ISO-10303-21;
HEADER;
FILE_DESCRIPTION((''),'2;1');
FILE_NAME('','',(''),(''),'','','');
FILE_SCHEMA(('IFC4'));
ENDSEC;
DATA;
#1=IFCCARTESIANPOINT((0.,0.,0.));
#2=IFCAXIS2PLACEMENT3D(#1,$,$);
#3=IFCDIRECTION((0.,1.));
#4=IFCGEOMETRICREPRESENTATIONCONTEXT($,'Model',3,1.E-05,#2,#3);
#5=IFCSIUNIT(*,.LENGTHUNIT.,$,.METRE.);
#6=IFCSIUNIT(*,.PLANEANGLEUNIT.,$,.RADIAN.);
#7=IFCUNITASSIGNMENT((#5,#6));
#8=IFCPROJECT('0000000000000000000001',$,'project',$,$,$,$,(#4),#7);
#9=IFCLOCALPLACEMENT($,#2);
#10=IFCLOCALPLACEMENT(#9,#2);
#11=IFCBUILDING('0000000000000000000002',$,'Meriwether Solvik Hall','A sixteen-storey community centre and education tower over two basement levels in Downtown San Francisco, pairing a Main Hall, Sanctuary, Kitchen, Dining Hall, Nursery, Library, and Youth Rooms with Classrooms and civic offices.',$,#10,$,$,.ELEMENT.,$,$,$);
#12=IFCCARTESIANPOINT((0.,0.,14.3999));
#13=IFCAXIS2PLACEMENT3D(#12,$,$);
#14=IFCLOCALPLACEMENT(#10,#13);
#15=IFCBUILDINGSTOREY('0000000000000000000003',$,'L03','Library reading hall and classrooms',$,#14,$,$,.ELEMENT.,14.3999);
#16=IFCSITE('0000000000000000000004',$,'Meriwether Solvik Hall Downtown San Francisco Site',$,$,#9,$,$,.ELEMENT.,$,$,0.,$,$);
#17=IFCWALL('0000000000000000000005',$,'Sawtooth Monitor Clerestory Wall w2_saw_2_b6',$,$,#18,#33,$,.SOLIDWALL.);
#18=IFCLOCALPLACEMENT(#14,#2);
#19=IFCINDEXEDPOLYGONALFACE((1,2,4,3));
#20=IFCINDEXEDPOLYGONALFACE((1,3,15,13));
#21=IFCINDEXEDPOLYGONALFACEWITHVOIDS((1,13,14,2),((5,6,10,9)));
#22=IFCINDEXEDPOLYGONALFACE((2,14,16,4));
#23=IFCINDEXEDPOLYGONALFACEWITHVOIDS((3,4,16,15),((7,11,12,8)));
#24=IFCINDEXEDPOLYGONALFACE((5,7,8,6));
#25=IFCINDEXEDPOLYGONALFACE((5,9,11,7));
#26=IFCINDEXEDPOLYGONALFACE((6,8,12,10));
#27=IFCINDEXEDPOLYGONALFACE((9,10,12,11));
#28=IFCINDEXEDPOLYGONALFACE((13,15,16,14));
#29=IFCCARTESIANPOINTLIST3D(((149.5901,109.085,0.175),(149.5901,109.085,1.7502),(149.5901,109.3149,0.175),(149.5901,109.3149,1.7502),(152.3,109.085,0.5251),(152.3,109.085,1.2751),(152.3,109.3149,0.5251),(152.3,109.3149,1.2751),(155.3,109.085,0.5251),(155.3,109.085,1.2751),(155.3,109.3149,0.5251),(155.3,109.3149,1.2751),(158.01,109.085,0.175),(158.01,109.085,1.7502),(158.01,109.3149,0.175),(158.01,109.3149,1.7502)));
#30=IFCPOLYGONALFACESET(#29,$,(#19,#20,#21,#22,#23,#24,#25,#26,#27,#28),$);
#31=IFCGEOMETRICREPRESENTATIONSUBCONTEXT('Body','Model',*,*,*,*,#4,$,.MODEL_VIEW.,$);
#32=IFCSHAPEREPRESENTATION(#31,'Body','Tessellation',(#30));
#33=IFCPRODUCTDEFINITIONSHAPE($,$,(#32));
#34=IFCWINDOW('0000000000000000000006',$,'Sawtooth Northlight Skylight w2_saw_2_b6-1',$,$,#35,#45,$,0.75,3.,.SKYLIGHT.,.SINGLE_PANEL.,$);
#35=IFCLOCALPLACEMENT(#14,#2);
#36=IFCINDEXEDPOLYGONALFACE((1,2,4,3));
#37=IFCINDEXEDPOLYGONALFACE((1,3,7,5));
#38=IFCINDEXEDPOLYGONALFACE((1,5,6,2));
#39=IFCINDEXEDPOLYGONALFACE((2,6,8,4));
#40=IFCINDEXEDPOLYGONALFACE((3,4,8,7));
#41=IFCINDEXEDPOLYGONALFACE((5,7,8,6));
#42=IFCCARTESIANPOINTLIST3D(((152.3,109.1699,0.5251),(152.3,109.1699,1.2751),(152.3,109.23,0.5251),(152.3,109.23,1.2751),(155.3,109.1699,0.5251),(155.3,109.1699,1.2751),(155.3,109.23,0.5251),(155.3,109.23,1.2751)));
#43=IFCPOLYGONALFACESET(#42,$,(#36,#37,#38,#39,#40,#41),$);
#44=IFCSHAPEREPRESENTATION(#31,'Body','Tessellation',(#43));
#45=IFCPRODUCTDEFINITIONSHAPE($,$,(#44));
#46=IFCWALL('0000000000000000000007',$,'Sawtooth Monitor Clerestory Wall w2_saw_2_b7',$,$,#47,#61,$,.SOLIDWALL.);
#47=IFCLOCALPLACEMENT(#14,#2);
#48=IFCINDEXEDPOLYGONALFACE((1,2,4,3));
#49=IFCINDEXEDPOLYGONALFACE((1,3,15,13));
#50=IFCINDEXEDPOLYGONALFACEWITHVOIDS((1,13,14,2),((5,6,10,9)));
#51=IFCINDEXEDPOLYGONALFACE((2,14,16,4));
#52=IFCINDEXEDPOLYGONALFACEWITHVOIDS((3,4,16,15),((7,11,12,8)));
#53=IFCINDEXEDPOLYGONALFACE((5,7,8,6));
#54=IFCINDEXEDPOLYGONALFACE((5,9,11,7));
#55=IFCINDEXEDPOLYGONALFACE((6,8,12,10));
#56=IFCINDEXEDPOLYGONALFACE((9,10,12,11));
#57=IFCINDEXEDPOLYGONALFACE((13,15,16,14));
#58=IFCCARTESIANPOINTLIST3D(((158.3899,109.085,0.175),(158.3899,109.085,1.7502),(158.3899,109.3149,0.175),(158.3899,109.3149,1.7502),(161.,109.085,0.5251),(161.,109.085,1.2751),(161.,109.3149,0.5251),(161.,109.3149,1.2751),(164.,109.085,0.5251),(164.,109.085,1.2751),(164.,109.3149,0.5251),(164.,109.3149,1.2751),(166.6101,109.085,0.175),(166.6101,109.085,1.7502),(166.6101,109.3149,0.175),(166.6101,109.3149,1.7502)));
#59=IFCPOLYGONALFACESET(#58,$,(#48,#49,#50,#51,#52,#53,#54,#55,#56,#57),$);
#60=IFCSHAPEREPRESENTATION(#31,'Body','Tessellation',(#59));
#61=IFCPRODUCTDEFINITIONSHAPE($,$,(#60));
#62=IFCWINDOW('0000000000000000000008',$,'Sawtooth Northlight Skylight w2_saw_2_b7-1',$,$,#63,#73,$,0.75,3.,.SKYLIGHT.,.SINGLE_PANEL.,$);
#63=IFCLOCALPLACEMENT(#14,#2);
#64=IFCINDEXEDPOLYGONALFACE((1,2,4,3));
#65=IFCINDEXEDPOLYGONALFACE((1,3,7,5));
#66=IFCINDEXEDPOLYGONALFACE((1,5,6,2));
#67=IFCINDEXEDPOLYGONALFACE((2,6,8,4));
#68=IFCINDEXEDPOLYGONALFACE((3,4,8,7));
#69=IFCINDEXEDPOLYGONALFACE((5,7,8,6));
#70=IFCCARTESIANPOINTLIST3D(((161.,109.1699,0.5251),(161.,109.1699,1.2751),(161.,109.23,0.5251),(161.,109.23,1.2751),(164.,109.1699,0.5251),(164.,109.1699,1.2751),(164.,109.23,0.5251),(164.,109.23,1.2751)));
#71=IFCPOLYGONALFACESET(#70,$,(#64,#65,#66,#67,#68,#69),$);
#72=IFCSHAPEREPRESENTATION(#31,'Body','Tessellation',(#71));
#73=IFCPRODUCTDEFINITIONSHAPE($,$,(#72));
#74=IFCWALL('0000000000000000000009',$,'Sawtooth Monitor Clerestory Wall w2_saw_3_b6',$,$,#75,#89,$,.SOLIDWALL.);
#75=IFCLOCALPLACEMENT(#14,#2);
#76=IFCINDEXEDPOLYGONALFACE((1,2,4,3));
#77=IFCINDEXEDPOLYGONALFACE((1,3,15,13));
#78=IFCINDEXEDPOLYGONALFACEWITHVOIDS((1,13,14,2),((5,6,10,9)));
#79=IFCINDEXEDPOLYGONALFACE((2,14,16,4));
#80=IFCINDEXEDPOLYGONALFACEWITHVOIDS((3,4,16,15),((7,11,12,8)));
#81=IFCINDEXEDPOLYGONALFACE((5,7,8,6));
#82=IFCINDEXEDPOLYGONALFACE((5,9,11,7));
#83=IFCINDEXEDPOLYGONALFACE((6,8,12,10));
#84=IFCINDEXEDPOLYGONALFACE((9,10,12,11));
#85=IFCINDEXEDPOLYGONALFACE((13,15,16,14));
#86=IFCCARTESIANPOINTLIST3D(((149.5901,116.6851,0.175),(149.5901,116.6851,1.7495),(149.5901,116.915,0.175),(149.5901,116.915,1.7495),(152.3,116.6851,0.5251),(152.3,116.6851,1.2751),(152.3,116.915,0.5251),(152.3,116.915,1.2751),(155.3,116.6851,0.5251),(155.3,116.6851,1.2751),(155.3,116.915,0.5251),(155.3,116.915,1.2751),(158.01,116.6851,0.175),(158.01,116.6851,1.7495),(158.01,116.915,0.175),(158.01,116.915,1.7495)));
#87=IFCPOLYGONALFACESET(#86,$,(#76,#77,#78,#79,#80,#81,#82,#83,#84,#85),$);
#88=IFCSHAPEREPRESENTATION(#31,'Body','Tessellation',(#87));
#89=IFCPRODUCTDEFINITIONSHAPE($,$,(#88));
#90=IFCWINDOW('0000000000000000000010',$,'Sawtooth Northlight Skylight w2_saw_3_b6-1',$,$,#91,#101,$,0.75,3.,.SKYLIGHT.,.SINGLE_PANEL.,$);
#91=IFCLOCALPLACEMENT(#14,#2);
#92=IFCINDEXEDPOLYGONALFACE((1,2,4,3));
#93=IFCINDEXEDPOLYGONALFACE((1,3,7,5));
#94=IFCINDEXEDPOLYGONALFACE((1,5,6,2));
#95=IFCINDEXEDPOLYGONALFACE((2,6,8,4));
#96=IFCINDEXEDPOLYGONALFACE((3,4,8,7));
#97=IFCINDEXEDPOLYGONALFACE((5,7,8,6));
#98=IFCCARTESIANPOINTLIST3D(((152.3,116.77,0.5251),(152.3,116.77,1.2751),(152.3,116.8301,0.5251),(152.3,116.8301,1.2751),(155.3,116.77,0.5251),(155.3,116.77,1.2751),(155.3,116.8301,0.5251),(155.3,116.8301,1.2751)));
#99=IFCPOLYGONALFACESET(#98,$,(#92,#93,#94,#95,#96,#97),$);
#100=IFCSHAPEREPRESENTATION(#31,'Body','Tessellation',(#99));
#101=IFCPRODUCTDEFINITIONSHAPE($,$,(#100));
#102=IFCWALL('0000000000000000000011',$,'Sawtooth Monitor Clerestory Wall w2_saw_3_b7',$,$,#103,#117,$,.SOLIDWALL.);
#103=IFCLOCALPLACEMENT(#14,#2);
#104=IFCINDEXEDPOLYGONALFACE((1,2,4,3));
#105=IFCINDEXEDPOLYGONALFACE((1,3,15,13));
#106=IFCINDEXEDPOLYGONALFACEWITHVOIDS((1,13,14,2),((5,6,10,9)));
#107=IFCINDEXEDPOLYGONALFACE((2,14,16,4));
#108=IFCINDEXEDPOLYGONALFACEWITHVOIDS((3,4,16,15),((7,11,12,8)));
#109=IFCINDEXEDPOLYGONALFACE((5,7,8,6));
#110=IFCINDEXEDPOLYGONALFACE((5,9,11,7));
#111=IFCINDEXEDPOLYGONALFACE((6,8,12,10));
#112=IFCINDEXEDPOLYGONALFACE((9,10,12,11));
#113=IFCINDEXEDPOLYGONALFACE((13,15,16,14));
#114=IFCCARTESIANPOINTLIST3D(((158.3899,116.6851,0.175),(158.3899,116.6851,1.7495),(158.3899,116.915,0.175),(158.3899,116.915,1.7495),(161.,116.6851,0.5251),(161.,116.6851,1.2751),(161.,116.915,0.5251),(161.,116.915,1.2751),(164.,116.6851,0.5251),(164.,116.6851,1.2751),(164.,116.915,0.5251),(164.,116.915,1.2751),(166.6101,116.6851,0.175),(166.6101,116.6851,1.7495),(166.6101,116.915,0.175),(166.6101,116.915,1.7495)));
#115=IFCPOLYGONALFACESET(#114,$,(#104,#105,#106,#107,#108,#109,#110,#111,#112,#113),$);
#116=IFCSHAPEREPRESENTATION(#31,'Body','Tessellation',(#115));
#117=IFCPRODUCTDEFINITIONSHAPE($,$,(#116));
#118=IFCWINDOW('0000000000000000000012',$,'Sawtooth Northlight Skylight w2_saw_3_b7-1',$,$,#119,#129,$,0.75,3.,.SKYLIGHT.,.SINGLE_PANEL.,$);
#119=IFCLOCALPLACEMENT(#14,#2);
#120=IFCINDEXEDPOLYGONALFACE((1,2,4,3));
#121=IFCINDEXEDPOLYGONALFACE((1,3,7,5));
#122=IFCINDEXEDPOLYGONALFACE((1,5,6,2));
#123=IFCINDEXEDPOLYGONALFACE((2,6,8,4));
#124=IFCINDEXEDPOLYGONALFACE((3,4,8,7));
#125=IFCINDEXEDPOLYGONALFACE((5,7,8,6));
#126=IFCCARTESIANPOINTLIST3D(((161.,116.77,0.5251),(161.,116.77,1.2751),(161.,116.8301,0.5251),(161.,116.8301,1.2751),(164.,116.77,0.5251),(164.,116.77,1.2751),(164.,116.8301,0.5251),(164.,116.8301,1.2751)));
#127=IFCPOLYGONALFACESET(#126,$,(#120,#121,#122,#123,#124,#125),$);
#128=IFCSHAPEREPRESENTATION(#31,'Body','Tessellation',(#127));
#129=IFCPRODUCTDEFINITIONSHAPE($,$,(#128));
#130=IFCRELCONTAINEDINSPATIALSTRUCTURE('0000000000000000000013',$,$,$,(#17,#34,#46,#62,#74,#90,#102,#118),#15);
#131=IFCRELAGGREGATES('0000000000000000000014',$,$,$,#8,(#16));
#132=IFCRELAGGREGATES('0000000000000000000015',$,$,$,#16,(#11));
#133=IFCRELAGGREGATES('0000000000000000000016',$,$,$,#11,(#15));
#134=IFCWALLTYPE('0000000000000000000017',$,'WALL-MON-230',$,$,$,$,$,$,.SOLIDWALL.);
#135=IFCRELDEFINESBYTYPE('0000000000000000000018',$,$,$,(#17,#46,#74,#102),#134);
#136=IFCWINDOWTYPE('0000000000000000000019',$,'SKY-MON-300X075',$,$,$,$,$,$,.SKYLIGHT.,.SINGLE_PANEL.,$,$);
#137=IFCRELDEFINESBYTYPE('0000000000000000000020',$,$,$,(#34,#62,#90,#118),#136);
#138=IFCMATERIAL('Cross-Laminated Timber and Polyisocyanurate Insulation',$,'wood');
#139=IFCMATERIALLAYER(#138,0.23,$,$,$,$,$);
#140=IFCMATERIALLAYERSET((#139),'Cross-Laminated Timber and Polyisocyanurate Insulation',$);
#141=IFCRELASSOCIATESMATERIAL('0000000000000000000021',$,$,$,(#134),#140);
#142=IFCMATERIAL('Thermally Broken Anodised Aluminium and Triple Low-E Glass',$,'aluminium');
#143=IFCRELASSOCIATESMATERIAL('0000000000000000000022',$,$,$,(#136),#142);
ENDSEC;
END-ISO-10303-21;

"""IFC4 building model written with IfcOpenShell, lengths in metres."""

from ifc_helpers import new_model, si_unit, direction, frame, frame_2d, origin, place, context, subcontext, project, spatial, rectangle, extrude, material, layer, layer_set, type_object, element, fill, save


model = new_model("IFC4")

# Units and contexts
model_context = context("Model", 3, precision=1e-05, world=origin(), true_north=direction((0.0, 1.0)))
body_context = subcontext(model_context, "Body", "Model", "MODEL_VIEW")
ifc_project = project(units=[si_unit("LENGTHUNIT", "METRE"), si_unit("PLANEANGLEUNIT", "RADIAN")], contexts=[model_context])

# Site, building, storey
site_placement = place(None, origin())
site = spatial("IfcSite", under=ifc_project, at=site_placement, Name="Meriwether Solvik Hall Downtown San Francisco Site", CompositionType="ELEMENT", RefElevation=0.0)
building_placement = place(site_placement, origin())
building = spatial("IfcBuilding", under=site, at=building_placement, Name="Meriwether Solvik Hall", Description="A sixteen-storey community centre and education tower over two basement levels in Downtown San Francisco, pairing a Main Hall, Sanctuary, Kitchen, Dining Hall, Nursery, Library, and Youth Rooms with Classrooms and civic offices.", CompositionType="ELEMENT")
storey_placement = place(building_placement, frame((0.0, 0.0, 14.3999)))
storey = spatial("IfcBuildingStorey", under=building, at=storey_placement, Name="L03", Description="Library reading hall and classrooms", CompositionType="ELEMENT", Elevation=14.3999)

# Walls, openings, windows
ifc_material_1 = material(Name="Cross-Laminated Timber and Polyisocyanurate Insulation", Category="wood")
ifc_layer = layer(ifc_material_1, 0.23)
ifc_layer_set = layer_set([ifc_layer], Name="Cross-Laminated Timber and Polyisocyanurate Insulation")
wall_type = type_object("IfcWallType", Name="WALL-MON-230", PredefinedType="SOLIDWALL", material=ifc_layer_set)
wall_1_placement = place(storey_placement, frame((158.01, 109.2, 0.175), z_axis=(0.0, 0.0, 1.0), x_axis=(-1.0, 0.0, 0.0)))
wall_1 = element("IfcWall", 1, at=wall_1_placement, inside=storey, type_object=wall_type, Name="Sawtooth Monitor Clerestory Wall w2_saw_2_b6", PredefinedType="SOLIDWALL", context=body_context, shape_type="SweptSolid", body=[
    extrude(rectangle(XDim=8.4199, YDim=0.23, at=frame_2d((4.21, 0.0))), origin(), (0.0, 0.0, 1.0), 1.5752),
])
opening_1_placement = place(wall_1_placement, frame((2.71, 0.0, 0.3501)))
opening_1 = element("IfcOpeningElement", 2, at=opening_1_placement, cuts=wall_1, PredefinedType="OPENING", context=body_context, shape_type="SweptSolid", body=[
    extrude(rectangle(XDim=3.0, YDim=0.75, at=frame_2d((1.5, 0.375))), frame((0.0, 0.127, 0.0), z_axis=(0.0, -1.0, 0.0), x_axis=(1.0, 0.0, 0.0)), (0.0, 0.0, 1.0), 0.2539),
])
ifc_material_2 = material(Name="Thermally Broken Anodised Aluminium and Triple Low-E Glass", Category="aluminium")
window_type = type_object("IfcWindowType", Name="SKY-MON-300X075", PartitioningType="SINGLE_PANEL", PredefinedType="SKYLIGHT", material=ifc_material_2)
window_1_placement = place(opening_1_placement, origin())
window_1 = element("IfcWindow", 3, at=window_1_placement, inside=storey, type_object=window_type, Name="Sawtooth Northlight Skylight w2_saw_2_b6-1", OverallHeight=0.75, OverallWidth=3.0, PartitioningType="SINGLE_PANEL", PredefinedType="SKYLIGHT", context=body_context, shape_type="SweptSolid", body=[
    extrude(rectangle(XDim=3.0, YDim=0.75, at=frame_2d((1.5, 0.375))), frame((0.0, 0.03, 0.0), z_axis=(0.0, -1.0, 0.0), x_axis=(1.0, 0.0, 0.0)), (0.0, 0.0, 1.0), 0.0601),
])
fill(opening_1, window_1)
wall_2_placement = place(storey_placement, frame((166.6101, 109.2, 0.175), z_axis=(0.0, 0.0, 1.0), x_axis=(-1.0, 0.0, 0.0)))
wall_2 = element("IfcWall", 4, at=wall_2_placement, inside=storey, type_object=wall_type, Name="Sawtooth Monitor Clerestory Wall w2_saw_2_b7", PredefinedType="SOLIDWALL", context=body_context, shape_type="SweptSolid", body=[
    extrude(rectangle(XDim=8.2202, YDim=0.23, at=frame_2d((4.1101, 0.0))), origin(), (0.0, 0.0, 1.0), 1.5752),
])
opening_2_placement = place(wall_2_placement, frame((2.6101, 0.0, 0.3501)))
opening_2 = element("IfcOpeningElement", 5, at=opening_2_placement, cuts=wall_2, PredefinedType="OPENING", context=body_context, shape_type="SweptSolid", body=[
    extrude(rectangle(XDim=3.0, YDim=0.75, at=frame_2d((1.5, 0.375))), frame((0.0, 0.127, 0.0), z_axis=(0.0, -1.0, 0.0), x_axis=(1.0, 0.0, 0.0)), (0.0, 0.0, 1.0), 0.2539),
])
window_2_placement = place(opening_2_placement, origin())
window_2 = element("IfcWindow", 6, at=window_2_placement, inside=storey, type_object=window_type, Name="Sawtooth Northlight Skylight w2_saw_2_b7-1", OverallHeight=0.75, OverallWidth=3.0, PartitioningType="SINGLE_PANEL", PredefinedType="SKYLIGHT", context=body_context, shape_type="SweptSolid", body=[
    extrude(rectangle(XDim=3.0, YDim=0.75, at=frame_2d((1.5, 0.375))), frame((0.0, 0.03, 0.0), z_axis=(0.0, -1.0, 0.0), x_axis=(1.0, 0.0, 0.0)), (0.0, 0.0, 1.0), 0.0601),
])
fill(opening_2, window_2)
wall_3_placement = place(storey_placement, frame((158.01, 116.8, 0.175), z_axis=(0.0, 0.0, 1.0), x_axis=(-1.0, 0.0, 0.0)))
wall_3 = element("IfcWall", 7, at=wall_3_placement, inside=storey, type_object=wall_type, Name="Sawtooth Monitor Clerestory Wall w2_saw_3_b6", PredefinedType="SOLIDWALL", context=body_context, shape_type="SweptSolid", body=[
    extrude(rectangle(XDim=8.4199, YDim=0.23, at=frame_2d((4.21, 0.0))), origin(), (0.0, 0.0, 1.0), 1.5745),
])
opening_3_placement = place(wall_3_placement, frame((2.71, 0.0, 0.3501)))
opening_3 = element("IfcOpeningElement", 8, at=opening_3_placement, cuts=wall_3, PredefinedType="OPENING", context=body_context, shape_type="SweptSolid", body=[
    extrude(rectangle(XDim=3.0, YDim=0.75, at=frame_2d((1.5, 0.375))), frame((0.0, 0.127, 0.0), z_axis=(0.0, -1.0, 0.0), x_axis=(1.0, 0.0, 0.0)), (0.0, 0.0, 1.0), 0.2539),
])
window_3_placement = place(opening_3_placement, origin())
window_3 = element("IfcWindow", 9, at=window_3_placement, inside=storey, type_object=window_type, Name="Sawtooth Northlight Skylight w2_saw_3_b6-1", OverallHeight=0.75, OverallWidth=3.0, PartitioningType="SINGLE_PANEL", PredefinedType="SKYLIGHT", context=body_context, shape_type="SweptSolid", body=[
    extrude(rectangle(XDim=3.0, YDim=0.75, at=frame_2d((1.5, 0.375))), frame((0.0, 0.03, 0.0), z_axis=(0.0, -1.0, 0.0), x_axis=(1.0, 0.0, 0.0)), (0.0, 0.0, 1.0), 0.0601),
])
fill(opening_3, window_3)
wall_4_placement = place(storey_placement, frame((166.6101, 116.8, 0.175), z_axis=(0.0, 0.0, 1.0), x_axis=(-1.0, 0.0, 0.0)))
wall_4 = element("IfcWall", 10, at=wall_4_placement, inside=storey, type_object=wall_type, Name="Sawtooth Monitor Clerestory Wall w2_saw_3_b7", PredefinedType="SOLIDWALL", context=body_context, shape_type="SweptSolid", body=[
    extrude(rectangle(XDim=8.2202, YDim=0.23, at=frame_2d((4.1101, 0.0))), origin(), (0.0, 0.0, 1.0), 1.5745),
])
opening_4_placement = place(wall_4_placement, frame((2.6101, 0.0, 0.3501)))
opening_4 = element("IfcOpeningElement", 11, at=opening_4_placement, cuts=wall_4, PredefinedType="OPENING", context=body_context, shape_type="SweptSolid", body=[
    extrude(rectangle(XDim=3.0, YDim=0.75, at=frame_2d((1.5, 0.375))), frame((0.0, 0.127, 0.0), z_axis=(0.0, -1.0, 0.0), x_axis=(1.0, 0.0, 0.0)), (0.0, 0.0, 1.0), 0.2539),
])
window_4_placement = place(opening_4_placement, origin())
window_4 = element("IfcWindow", 12, at=window_4_placement, inside=storey, type_object=window_type, Name="Sawtooth Northlight Skylight w2_saw_3_b7-1", OverallHeight=0.75, OverallWidth=3.0, PartitioningType="SINGLE_PANEL", PredefinedType="SKYLIGHT", context=body_context, shape_type="SweptSolid", body=[
    extrude(rectangle(XDim=3.0, YDim=0.75, at=frame_2d((1.5, 0.375))), frame((0.0, 0.03, 0.0), z_axis=(0.0, -1.0, 0.0), x_axis=(1.0, 0.0, 0.0)), (0.0, 0.0, 1.0), 0.0601),
])
fill(opening_4, window_4)

save(model, "model.ifc")
